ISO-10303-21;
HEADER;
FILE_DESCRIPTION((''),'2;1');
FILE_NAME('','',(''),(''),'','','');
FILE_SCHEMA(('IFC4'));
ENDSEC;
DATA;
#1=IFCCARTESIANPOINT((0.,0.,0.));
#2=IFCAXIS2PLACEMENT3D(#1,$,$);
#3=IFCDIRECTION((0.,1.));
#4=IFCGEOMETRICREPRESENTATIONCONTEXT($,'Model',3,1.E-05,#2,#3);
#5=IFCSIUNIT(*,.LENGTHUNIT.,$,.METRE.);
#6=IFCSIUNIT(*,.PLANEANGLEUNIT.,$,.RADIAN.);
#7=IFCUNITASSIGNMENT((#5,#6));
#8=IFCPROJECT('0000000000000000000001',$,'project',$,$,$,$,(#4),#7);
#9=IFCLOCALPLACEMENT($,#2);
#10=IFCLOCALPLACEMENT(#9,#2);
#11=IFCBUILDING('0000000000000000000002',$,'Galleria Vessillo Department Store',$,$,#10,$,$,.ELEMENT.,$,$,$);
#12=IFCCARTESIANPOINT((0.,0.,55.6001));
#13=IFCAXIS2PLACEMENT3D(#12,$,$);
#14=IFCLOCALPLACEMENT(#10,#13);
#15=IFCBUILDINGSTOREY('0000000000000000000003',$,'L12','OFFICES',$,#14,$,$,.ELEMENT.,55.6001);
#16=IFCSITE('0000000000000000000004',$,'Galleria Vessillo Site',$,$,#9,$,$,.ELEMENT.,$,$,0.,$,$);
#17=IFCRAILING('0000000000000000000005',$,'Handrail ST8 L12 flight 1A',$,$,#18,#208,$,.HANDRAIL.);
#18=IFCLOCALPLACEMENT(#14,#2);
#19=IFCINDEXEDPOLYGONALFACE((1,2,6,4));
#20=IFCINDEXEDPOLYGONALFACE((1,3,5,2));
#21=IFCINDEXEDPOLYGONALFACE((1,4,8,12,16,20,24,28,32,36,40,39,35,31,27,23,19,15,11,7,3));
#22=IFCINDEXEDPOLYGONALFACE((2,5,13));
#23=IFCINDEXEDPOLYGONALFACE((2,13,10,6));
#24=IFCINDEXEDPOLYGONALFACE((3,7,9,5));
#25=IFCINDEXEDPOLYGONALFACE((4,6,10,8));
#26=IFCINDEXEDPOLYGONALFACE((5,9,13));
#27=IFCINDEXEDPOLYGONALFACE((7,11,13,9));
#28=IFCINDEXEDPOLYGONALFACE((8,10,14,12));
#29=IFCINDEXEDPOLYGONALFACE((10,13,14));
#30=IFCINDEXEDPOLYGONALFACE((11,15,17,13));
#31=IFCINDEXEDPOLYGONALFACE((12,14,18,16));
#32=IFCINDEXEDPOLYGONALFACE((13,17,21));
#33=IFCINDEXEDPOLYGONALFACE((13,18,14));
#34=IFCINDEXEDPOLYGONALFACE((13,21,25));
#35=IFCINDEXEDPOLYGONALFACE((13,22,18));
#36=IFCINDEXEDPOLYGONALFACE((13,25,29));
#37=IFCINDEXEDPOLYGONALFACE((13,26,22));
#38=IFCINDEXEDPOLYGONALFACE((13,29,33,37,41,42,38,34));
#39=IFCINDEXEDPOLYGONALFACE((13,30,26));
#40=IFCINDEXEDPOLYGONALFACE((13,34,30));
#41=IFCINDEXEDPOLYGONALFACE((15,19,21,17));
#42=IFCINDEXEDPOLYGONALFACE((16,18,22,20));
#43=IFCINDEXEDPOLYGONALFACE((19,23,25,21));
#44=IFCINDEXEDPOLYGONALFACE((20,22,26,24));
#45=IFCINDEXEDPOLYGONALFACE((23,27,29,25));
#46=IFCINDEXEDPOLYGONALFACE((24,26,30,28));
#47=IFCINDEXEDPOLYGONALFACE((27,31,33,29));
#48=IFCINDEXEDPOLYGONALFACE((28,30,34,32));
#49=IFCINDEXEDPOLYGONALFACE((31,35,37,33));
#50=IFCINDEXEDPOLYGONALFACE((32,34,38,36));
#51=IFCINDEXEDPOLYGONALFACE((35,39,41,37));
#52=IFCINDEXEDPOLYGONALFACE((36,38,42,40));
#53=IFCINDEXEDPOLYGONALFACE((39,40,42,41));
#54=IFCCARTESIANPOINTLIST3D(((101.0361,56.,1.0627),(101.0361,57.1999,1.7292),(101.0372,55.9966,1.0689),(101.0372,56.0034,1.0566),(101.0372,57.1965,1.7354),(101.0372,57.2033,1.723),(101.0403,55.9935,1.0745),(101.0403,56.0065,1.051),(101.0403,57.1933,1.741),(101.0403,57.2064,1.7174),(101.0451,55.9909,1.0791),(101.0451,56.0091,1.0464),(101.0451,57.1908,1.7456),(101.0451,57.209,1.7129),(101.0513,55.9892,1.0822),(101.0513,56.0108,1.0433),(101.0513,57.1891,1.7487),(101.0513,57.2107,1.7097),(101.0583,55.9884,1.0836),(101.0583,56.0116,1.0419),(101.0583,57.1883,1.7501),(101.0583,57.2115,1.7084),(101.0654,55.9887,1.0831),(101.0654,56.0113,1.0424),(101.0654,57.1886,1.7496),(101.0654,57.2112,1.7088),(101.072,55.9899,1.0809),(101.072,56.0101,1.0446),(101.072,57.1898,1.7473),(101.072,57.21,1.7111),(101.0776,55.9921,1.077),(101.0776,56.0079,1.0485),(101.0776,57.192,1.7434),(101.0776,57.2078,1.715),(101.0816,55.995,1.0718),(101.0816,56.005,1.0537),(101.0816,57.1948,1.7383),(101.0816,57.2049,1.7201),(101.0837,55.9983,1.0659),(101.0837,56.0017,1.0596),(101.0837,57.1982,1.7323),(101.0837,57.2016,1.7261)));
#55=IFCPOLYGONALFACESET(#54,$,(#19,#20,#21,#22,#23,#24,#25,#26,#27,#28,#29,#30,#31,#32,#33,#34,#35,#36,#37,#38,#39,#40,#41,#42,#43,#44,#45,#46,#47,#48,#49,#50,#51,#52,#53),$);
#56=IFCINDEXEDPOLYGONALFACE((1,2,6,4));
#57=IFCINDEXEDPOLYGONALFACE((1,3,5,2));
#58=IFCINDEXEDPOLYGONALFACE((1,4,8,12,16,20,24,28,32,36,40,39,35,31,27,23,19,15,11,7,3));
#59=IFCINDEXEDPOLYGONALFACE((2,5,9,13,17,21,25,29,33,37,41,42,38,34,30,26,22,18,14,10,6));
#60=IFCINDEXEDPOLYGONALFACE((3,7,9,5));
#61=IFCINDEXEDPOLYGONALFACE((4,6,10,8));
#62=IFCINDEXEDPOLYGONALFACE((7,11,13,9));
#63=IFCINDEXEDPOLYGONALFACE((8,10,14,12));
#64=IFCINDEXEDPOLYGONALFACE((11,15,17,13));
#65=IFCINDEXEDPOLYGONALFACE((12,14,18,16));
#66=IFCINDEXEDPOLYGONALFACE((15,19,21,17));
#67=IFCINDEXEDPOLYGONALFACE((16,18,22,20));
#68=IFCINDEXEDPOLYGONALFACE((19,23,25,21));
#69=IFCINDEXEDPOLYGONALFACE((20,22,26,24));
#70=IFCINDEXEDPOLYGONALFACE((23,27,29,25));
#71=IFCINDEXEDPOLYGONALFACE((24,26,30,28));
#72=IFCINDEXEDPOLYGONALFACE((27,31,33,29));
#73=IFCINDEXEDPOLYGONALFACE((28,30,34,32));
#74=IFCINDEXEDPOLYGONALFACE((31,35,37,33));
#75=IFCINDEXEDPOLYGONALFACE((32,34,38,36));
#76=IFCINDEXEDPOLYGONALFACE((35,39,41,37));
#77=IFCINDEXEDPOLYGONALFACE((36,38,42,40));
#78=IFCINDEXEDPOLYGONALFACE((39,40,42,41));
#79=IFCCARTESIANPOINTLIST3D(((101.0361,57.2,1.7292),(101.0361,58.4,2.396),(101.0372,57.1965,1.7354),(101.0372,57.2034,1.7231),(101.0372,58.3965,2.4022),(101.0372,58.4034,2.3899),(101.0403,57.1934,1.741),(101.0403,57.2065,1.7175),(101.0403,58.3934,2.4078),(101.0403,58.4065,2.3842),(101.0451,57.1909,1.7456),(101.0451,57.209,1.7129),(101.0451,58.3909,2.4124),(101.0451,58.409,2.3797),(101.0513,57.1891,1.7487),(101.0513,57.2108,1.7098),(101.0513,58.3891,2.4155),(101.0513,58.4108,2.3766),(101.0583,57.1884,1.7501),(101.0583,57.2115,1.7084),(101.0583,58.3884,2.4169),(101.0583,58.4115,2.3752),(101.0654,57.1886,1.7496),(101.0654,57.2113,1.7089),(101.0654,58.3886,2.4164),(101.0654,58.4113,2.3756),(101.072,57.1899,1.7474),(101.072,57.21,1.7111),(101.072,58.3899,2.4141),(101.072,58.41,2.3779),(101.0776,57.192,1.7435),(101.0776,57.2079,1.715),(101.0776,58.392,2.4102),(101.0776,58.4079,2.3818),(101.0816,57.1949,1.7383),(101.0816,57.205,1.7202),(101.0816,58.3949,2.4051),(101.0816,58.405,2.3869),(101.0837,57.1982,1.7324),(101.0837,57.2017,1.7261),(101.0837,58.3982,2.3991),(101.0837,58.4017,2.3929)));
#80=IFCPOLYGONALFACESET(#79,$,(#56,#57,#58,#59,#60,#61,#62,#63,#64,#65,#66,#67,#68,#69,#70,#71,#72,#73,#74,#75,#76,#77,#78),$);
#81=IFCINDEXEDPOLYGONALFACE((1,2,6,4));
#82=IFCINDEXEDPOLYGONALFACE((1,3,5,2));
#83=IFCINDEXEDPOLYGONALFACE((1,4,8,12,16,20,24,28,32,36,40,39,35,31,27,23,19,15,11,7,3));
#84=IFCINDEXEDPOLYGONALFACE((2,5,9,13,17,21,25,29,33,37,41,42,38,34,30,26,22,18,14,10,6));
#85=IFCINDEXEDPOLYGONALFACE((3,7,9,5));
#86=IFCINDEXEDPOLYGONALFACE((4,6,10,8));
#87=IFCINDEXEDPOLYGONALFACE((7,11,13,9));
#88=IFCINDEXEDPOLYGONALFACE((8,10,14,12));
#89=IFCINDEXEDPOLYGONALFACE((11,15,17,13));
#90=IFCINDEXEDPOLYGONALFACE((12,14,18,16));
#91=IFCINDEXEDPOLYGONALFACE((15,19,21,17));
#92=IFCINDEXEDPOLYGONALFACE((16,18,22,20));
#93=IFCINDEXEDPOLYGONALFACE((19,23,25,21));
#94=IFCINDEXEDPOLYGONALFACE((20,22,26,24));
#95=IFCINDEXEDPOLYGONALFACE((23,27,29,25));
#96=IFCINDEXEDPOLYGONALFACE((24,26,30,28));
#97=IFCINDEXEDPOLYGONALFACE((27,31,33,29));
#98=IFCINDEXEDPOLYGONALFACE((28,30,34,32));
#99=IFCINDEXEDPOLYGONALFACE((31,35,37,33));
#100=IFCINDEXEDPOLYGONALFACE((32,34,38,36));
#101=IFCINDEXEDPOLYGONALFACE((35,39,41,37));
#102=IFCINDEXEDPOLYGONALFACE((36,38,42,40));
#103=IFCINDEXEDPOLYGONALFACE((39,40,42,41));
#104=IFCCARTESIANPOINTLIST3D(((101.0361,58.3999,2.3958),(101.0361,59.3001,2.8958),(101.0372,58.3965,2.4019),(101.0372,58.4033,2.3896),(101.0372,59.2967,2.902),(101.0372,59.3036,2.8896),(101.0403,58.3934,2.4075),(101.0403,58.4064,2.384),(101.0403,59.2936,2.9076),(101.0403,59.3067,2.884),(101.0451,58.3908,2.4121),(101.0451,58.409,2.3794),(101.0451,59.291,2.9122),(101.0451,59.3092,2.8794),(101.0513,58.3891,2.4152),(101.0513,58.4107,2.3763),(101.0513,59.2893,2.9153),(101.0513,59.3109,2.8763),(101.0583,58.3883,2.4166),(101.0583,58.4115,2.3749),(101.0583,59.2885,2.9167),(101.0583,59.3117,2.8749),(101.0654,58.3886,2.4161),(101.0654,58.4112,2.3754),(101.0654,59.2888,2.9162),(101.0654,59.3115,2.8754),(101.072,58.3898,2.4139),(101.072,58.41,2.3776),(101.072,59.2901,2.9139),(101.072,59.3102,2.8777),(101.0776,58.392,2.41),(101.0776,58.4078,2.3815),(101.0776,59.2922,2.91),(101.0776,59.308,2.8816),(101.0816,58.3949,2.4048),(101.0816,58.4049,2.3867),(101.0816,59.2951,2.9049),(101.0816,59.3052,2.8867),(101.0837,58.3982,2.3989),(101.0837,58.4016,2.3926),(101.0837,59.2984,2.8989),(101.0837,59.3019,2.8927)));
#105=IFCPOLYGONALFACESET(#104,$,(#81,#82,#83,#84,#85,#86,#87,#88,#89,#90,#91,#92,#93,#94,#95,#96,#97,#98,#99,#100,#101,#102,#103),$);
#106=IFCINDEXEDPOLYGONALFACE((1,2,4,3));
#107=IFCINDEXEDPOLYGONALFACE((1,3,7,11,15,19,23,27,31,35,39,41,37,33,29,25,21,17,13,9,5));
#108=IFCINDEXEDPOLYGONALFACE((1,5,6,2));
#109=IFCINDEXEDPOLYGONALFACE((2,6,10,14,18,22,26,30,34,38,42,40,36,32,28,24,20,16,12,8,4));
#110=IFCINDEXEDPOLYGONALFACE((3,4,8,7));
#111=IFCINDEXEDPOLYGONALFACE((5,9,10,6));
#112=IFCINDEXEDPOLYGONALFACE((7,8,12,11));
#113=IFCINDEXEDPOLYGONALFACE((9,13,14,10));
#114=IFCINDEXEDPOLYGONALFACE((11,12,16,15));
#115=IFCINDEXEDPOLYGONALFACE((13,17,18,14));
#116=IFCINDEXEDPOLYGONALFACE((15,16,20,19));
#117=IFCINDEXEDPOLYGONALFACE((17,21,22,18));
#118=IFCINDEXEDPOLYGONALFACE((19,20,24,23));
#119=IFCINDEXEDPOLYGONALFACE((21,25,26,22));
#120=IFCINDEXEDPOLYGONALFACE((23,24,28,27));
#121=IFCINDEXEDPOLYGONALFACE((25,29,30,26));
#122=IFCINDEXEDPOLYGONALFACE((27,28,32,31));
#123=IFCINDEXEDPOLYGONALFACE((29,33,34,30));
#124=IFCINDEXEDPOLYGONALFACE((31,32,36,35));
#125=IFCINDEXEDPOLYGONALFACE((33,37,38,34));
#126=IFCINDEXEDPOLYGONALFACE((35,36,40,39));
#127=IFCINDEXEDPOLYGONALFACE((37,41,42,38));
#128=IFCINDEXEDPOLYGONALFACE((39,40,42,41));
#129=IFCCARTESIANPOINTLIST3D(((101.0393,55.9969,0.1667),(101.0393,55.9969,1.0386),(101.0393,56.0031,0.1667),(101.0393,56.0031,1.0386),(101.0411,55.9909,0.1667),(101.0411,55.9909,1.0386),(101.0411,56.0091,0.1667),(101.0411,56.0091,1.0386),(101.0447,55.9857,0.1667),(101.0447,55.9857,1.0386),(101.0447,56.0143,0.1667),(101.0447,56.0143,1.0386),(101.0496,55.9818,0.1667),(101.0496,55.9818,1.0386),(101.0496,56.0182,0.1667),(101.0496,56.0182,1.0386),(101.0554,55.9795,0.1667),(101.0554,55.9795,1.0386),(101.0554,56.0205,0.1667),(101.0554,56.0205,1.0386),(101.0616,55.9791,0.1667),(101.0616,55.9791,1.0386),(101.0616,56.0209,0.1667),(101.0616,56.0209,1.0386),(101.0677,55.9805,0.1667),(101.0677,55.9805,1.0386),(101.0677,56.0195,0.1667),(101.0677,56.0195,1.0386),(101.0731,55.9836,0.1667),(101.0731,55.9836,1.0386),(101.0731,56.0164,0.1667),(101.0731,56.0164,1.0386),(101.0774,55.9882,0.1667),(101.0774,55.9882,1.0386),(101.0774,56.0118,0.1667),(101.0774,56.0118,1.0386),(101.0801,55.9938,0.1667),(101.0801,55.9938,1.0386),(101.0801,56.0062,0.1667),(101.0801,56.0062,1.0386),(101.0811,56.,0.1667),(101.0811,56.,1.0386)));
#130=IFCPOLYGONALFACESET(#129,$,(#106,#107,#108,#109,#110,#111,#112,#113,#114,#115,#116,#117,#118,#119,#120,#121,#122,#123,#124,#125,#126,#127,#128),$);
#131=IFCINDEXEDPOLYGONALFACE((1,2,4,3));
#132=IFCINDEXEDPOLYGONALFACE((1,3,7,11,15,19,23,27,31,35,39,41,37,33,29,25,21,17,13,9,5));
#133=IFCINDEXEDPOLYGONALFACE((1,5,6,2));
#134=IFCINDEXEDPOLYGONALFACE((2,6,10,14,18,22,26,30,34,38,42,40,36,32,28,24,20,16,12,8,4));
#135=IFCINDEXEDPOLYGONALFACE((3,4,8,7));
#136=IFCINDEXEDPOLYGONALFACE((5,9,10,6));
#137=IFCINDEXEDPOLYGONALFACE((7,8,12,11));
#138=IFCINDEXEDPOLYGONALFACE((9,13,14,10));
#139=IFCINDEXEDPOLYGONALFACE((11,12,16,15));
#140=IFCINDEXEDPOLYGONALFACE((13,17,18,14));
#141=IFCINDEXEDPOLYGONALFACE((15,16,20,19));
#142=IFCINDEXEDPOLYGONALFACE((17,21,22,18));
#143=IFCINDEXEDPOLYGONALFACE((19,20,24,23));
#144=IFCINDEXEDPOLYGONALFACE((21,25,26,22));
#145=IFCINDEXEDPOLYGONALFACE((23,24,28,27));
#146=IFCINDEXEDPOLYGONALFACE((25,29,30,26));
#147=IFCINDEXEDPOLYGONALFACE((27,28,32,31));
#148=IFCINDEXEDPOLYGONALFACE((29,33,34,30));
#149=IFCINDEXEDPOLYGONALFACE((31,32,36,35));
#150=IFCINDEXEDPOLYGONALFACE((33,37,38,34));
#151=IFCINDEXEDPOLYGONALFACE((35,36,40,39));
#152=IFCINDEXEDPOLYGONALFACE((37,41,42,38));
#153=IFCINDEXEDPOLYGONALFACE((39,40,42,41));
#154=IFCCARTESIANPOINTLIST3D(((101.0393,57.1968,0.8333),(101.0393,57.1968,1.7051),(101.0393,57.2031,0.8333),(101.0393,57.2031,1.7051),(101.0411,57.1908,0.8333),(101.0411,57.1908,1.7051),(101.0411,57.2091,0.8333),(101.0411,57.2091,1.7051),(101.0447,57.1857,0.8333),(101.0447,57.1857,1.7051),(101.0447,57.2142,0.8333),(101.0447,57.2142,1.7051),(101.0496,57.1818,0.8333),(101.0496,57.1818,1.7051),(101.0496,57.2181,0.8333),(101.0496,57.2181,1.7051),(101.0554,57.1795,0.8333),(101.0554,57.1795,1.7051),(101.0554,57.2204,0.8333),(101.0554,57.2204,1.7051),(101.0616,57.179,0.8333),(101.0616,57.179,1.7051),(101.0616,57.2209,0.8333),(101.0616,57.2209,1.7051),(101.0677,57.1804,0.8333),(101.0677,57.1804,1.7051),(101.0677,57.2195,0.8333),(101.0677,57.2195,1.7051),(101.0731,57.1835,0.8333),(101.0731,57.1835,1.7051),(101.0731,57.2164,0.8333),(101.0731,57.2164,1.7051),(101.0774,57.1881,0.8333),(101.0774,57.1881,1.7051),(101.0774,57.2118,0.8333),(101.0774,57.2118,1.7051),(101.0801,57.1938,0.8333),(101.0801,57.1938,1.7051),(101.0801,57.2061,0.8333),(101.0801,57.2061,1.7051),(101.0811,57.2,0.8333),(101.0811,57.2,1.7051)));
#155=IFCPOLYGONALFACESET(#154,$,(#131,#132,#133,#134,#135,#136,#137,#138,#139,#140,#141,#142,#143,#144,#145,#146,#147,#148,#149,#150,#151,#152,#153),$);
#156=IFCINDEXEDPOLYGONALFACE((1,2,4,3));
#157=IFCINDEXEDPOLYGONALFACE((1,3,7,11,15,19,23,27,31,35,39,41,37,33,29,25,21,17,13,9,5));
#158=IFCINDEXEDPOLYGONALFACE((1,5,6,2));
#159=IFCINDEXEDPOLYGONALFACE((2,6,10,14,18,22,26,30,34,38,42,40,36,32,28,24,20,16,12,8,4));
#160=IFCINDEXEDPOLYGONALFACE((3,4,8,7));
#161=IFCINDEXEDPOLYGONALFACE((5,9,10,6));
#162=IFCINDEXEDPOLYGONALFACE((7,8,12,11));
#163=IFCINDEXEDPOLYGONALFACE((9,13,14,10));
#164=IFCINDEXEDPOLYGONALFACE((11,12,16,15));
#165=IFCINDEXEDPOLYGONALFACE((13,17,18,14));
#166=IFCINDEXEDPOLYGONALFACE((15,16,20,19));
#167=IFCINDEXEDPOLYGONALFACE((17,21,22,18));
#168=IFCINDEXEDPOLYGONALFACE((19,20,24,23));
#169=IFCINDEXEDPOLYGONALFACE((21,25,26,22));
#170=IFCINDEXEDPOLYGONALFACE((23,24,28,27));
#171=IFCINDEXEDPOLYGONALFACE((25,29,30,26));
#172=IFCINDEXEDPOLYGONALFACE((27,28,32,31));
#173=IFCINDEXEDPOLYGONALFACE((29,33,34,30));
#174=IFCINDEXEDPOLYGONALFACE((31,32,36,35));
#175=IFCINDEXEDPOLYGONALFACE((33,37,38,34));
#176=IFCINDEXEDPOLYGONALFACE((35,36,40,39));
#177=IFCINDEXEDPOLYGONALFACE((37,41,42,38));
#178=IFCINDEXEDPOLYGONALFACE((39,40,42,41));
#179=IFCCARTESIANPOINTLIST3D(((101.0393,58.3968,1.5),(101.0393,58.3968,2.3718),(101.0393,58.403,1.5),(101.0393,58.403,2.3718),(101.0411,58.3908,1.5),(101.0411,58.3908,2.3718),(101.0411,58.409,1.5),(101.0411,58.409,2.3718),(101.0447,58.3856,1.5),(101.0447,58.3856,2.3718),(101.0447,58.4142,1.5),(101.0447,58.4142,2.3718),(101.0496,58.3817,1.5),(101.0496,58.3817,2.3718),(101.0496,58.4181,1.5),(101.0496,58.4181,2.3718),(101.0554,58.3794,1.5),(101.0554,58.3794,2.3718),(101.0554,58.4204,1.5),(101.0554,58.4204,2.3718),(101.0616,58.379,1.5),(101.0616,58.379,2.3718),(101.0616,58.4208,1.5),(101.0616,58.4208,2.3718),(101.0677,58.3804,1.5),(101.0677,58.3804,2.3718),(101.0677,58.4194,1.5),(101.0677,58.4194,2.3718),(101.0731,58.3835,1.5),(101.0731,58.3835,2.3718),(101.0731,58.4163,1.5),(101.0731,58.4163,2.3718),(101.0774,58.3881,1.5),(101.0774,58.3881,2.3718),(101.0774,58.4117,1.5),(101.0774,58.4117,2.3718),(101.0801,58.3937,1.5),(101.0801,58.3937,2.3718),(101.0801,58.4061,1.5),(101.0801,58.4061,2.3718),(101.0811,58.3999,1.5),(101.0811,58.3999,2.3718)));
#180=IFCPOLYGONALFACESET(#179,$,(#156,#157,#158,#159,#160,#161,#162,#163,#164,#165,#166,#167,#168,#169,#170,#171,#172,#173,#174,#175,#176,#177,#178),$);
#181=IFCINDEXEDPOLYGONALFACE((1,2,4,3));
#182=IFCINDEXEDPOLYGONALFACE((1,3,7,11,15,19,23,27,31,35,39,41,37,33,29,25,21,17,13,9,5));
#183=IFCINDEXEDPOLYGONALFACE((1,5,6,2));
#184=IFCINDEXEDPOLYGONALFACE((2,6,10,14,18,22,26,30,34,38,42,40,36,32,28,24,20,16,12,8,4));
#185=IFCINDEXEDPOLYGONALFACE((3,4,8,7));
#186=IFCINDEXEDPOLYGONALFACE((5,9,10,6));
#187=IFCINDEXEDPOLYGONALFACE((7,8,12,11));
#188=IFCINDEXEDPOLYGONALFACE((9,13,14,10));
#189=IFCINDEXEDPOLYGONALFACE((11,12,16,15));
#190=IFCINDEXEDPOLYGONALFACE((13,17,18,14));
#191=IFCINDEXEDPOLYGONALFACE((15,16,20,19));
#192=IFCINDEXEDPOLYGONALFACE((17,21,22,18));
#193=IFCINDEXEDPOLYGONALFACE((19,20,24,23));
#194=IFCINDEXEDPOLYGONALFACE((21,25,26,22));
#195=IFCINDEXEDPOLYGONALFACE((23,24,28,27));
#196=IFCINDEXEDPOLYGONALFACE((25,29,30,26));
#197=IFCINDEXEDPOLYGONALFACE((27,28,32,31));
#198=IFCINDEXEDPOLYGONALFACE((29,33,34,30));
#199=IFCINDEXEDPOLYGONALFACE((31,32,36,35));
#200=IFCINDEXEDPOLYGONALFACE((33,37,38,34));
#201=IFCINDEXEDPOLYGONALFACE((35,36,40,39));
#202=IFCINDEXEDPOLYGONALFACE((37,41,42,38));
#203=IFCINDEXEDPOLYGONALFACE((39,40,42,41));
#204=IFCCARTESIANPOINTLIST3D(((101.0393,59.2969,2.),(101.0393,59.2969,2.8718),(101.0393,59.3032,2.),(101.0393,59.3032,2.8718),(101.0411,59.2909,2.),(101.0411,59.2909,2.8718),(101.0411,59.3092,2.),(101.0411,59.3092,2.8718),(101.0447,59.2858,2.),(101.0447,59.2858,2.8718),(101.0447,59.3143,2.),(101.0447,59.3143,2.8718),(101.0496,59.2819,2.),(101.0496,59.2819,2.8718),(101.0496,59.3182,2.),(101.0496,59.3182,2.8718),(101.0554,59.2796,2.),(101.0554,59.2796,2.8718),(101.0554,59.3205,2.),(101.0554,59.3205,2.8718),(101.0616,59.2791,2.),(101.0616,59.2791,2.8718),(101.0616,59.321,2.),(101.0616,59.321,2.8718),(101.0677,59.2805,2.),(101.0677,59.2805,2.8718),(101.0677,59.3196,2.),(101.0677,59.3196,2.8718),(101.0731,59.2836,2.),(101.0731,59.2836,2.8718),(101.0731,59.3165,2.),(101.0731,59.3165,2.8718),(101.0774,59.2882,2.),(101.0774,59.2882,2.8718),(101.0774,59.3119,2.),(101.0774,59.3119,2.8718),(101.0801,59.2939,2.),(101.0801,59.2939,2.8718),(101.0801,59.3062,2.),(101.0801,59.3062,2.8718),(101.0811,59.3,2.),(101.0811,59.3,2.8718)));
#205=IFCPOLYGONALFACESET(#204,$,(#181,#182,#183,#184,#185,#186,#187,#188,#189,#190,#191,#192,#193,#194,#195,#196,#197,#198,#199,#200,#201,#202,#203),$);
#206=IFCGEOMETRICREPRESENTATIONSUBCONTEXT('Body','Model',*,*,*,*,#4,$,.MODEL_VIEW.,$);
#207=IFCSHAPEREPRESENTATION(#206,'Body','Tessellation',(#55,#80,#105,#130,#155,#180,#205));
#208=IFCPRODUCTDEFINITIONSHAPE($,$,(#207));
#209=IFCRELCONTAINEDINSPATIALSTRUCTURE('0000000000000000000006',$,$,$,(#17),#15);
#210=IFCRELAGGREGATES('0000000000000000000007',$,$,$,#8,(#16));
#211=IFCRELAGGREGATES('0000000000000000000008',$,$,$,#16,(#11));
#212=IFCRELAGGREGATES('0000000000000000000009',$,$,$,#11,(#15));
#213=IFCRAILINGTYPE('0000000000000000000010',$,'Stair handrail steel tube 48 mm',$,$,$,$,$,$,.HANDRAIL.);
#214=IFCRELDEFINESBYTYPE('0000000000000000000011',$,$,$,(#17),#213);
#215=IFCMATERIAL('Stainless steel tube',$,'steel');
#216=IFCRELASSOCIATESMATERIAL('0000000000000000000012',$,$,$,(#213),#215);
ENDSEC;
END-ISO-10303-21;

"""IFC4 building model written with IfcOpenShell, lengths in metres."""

from ifc_helpers import new_model, si_unit, direction, frame, origin, origin_2d, place, context, subcontext, project, spatial, circle, extrude, material, type_object, element, save


model = new_model("IFC4")

# Units and contexts
model_context = context("Model", 3, precision=1e-05, world=origin(), true_north=direction((0.0, 1.0)))
body_context = subcontext(model_context, "Body", "Model", "MODEL_VIEW")
ifc_project = project(units=[si_unit("LENGTHUNIT", "METRE"), si_unit("PLANEANGLEUNIT", "RADIAN")], contexts=[model_context])

# Site, building, storey
site_placement = place(None, origin())
site = spatial("IfcSite", under=ifc_project, at=site_placement, Name="Galleria Vessillo Site", CompositionType="ELEMENT", RefElevation=0.0)
building_placement = place(site_placement, origin())
building = spatial("IfcBuilding", under=site, at=building_placement, Name="Galleria Vessillo Department Store", CompositionType="ELEMENT")
storey_placement = place(building_placement, frame((0.0, 0.0, 55.6001)))
storey = spatial("IfcBuildingStorey", under=building, at=storey_placement, Name="L12", Description="OFFICES", CompositionType="ELEMENT", Elevation=55.6001)

# Railing
ifc_material_1 = material(Name="Stainless steel tube", Category="steel")
railing_type = type_object("IfcRailingType", Name="Stair handrail steel tube 48 mm", PredefinedType="HANDRAIL", material=ifc_material_1)
for number, where, name in (
    (1, (101.0601, 56.0, 0.1667), "Handrail ST8 L12 flight 1A"),
):
    element("IfcRailing", number, at=place(storey_placement, frame(where)), inside=storey, type_object=railing_type, Name=name, PredefinedType="HANDRAIL", context=body_context, shape_type="SweptSolid", body=[
        extrude(circle(Radius=0.0239, at=origin_2d()), frame((0.0, 0.0, 0.896), z_axis=(0.0, 0.874199, 0.485567), x_axis=(-1.0, 0.0, 0.0)), (0.0, 0.0, 1.0), 1.3726),
        extrude(circle(Radius=0.0239, at=origin_2d()), frame((0.0, 1.2, 1.5625), z_axis=(0.0, 0.874124, 0.485703), x_axis=(-1.0, 0.0, 0.0)), (0.0, 0.0, 1.0), 1.3728),
        extrude(circle(Radius=0.0239, at=origin_2d()), frame((0.0, 2.3999, 2.229), z_axis=(0.0, 0.874191, 0.485583), x_axis=(-1.0, 0.0, 0.0)), (0.0, 0.0, 1.0), 1.0298),
        extrude(circle(Radius=0.021, at=origin_2d()), origin(), (0.0, 0.0, 1.0), 0.8718),
        extrude(circle(Radius=0.021, at=origin_2d()), frame((0.0, 1.2, 0.6665)), (0.0, 0.0, 1.0), 0.8718),
        extrude(circle(Radius=0.021, at=origin_2d()), frame((0.0, 2.3999, 1.3333)), (0.0, 0.0, 1.0), 0.8718),
        extrude(circle(Radius=0.021, at=origin_2d()), frame((0.0, 3.3, 1.8333)), (0.0, 0.0, 1.0), 0.8718),
    ])

save(model, "model.ifc")
